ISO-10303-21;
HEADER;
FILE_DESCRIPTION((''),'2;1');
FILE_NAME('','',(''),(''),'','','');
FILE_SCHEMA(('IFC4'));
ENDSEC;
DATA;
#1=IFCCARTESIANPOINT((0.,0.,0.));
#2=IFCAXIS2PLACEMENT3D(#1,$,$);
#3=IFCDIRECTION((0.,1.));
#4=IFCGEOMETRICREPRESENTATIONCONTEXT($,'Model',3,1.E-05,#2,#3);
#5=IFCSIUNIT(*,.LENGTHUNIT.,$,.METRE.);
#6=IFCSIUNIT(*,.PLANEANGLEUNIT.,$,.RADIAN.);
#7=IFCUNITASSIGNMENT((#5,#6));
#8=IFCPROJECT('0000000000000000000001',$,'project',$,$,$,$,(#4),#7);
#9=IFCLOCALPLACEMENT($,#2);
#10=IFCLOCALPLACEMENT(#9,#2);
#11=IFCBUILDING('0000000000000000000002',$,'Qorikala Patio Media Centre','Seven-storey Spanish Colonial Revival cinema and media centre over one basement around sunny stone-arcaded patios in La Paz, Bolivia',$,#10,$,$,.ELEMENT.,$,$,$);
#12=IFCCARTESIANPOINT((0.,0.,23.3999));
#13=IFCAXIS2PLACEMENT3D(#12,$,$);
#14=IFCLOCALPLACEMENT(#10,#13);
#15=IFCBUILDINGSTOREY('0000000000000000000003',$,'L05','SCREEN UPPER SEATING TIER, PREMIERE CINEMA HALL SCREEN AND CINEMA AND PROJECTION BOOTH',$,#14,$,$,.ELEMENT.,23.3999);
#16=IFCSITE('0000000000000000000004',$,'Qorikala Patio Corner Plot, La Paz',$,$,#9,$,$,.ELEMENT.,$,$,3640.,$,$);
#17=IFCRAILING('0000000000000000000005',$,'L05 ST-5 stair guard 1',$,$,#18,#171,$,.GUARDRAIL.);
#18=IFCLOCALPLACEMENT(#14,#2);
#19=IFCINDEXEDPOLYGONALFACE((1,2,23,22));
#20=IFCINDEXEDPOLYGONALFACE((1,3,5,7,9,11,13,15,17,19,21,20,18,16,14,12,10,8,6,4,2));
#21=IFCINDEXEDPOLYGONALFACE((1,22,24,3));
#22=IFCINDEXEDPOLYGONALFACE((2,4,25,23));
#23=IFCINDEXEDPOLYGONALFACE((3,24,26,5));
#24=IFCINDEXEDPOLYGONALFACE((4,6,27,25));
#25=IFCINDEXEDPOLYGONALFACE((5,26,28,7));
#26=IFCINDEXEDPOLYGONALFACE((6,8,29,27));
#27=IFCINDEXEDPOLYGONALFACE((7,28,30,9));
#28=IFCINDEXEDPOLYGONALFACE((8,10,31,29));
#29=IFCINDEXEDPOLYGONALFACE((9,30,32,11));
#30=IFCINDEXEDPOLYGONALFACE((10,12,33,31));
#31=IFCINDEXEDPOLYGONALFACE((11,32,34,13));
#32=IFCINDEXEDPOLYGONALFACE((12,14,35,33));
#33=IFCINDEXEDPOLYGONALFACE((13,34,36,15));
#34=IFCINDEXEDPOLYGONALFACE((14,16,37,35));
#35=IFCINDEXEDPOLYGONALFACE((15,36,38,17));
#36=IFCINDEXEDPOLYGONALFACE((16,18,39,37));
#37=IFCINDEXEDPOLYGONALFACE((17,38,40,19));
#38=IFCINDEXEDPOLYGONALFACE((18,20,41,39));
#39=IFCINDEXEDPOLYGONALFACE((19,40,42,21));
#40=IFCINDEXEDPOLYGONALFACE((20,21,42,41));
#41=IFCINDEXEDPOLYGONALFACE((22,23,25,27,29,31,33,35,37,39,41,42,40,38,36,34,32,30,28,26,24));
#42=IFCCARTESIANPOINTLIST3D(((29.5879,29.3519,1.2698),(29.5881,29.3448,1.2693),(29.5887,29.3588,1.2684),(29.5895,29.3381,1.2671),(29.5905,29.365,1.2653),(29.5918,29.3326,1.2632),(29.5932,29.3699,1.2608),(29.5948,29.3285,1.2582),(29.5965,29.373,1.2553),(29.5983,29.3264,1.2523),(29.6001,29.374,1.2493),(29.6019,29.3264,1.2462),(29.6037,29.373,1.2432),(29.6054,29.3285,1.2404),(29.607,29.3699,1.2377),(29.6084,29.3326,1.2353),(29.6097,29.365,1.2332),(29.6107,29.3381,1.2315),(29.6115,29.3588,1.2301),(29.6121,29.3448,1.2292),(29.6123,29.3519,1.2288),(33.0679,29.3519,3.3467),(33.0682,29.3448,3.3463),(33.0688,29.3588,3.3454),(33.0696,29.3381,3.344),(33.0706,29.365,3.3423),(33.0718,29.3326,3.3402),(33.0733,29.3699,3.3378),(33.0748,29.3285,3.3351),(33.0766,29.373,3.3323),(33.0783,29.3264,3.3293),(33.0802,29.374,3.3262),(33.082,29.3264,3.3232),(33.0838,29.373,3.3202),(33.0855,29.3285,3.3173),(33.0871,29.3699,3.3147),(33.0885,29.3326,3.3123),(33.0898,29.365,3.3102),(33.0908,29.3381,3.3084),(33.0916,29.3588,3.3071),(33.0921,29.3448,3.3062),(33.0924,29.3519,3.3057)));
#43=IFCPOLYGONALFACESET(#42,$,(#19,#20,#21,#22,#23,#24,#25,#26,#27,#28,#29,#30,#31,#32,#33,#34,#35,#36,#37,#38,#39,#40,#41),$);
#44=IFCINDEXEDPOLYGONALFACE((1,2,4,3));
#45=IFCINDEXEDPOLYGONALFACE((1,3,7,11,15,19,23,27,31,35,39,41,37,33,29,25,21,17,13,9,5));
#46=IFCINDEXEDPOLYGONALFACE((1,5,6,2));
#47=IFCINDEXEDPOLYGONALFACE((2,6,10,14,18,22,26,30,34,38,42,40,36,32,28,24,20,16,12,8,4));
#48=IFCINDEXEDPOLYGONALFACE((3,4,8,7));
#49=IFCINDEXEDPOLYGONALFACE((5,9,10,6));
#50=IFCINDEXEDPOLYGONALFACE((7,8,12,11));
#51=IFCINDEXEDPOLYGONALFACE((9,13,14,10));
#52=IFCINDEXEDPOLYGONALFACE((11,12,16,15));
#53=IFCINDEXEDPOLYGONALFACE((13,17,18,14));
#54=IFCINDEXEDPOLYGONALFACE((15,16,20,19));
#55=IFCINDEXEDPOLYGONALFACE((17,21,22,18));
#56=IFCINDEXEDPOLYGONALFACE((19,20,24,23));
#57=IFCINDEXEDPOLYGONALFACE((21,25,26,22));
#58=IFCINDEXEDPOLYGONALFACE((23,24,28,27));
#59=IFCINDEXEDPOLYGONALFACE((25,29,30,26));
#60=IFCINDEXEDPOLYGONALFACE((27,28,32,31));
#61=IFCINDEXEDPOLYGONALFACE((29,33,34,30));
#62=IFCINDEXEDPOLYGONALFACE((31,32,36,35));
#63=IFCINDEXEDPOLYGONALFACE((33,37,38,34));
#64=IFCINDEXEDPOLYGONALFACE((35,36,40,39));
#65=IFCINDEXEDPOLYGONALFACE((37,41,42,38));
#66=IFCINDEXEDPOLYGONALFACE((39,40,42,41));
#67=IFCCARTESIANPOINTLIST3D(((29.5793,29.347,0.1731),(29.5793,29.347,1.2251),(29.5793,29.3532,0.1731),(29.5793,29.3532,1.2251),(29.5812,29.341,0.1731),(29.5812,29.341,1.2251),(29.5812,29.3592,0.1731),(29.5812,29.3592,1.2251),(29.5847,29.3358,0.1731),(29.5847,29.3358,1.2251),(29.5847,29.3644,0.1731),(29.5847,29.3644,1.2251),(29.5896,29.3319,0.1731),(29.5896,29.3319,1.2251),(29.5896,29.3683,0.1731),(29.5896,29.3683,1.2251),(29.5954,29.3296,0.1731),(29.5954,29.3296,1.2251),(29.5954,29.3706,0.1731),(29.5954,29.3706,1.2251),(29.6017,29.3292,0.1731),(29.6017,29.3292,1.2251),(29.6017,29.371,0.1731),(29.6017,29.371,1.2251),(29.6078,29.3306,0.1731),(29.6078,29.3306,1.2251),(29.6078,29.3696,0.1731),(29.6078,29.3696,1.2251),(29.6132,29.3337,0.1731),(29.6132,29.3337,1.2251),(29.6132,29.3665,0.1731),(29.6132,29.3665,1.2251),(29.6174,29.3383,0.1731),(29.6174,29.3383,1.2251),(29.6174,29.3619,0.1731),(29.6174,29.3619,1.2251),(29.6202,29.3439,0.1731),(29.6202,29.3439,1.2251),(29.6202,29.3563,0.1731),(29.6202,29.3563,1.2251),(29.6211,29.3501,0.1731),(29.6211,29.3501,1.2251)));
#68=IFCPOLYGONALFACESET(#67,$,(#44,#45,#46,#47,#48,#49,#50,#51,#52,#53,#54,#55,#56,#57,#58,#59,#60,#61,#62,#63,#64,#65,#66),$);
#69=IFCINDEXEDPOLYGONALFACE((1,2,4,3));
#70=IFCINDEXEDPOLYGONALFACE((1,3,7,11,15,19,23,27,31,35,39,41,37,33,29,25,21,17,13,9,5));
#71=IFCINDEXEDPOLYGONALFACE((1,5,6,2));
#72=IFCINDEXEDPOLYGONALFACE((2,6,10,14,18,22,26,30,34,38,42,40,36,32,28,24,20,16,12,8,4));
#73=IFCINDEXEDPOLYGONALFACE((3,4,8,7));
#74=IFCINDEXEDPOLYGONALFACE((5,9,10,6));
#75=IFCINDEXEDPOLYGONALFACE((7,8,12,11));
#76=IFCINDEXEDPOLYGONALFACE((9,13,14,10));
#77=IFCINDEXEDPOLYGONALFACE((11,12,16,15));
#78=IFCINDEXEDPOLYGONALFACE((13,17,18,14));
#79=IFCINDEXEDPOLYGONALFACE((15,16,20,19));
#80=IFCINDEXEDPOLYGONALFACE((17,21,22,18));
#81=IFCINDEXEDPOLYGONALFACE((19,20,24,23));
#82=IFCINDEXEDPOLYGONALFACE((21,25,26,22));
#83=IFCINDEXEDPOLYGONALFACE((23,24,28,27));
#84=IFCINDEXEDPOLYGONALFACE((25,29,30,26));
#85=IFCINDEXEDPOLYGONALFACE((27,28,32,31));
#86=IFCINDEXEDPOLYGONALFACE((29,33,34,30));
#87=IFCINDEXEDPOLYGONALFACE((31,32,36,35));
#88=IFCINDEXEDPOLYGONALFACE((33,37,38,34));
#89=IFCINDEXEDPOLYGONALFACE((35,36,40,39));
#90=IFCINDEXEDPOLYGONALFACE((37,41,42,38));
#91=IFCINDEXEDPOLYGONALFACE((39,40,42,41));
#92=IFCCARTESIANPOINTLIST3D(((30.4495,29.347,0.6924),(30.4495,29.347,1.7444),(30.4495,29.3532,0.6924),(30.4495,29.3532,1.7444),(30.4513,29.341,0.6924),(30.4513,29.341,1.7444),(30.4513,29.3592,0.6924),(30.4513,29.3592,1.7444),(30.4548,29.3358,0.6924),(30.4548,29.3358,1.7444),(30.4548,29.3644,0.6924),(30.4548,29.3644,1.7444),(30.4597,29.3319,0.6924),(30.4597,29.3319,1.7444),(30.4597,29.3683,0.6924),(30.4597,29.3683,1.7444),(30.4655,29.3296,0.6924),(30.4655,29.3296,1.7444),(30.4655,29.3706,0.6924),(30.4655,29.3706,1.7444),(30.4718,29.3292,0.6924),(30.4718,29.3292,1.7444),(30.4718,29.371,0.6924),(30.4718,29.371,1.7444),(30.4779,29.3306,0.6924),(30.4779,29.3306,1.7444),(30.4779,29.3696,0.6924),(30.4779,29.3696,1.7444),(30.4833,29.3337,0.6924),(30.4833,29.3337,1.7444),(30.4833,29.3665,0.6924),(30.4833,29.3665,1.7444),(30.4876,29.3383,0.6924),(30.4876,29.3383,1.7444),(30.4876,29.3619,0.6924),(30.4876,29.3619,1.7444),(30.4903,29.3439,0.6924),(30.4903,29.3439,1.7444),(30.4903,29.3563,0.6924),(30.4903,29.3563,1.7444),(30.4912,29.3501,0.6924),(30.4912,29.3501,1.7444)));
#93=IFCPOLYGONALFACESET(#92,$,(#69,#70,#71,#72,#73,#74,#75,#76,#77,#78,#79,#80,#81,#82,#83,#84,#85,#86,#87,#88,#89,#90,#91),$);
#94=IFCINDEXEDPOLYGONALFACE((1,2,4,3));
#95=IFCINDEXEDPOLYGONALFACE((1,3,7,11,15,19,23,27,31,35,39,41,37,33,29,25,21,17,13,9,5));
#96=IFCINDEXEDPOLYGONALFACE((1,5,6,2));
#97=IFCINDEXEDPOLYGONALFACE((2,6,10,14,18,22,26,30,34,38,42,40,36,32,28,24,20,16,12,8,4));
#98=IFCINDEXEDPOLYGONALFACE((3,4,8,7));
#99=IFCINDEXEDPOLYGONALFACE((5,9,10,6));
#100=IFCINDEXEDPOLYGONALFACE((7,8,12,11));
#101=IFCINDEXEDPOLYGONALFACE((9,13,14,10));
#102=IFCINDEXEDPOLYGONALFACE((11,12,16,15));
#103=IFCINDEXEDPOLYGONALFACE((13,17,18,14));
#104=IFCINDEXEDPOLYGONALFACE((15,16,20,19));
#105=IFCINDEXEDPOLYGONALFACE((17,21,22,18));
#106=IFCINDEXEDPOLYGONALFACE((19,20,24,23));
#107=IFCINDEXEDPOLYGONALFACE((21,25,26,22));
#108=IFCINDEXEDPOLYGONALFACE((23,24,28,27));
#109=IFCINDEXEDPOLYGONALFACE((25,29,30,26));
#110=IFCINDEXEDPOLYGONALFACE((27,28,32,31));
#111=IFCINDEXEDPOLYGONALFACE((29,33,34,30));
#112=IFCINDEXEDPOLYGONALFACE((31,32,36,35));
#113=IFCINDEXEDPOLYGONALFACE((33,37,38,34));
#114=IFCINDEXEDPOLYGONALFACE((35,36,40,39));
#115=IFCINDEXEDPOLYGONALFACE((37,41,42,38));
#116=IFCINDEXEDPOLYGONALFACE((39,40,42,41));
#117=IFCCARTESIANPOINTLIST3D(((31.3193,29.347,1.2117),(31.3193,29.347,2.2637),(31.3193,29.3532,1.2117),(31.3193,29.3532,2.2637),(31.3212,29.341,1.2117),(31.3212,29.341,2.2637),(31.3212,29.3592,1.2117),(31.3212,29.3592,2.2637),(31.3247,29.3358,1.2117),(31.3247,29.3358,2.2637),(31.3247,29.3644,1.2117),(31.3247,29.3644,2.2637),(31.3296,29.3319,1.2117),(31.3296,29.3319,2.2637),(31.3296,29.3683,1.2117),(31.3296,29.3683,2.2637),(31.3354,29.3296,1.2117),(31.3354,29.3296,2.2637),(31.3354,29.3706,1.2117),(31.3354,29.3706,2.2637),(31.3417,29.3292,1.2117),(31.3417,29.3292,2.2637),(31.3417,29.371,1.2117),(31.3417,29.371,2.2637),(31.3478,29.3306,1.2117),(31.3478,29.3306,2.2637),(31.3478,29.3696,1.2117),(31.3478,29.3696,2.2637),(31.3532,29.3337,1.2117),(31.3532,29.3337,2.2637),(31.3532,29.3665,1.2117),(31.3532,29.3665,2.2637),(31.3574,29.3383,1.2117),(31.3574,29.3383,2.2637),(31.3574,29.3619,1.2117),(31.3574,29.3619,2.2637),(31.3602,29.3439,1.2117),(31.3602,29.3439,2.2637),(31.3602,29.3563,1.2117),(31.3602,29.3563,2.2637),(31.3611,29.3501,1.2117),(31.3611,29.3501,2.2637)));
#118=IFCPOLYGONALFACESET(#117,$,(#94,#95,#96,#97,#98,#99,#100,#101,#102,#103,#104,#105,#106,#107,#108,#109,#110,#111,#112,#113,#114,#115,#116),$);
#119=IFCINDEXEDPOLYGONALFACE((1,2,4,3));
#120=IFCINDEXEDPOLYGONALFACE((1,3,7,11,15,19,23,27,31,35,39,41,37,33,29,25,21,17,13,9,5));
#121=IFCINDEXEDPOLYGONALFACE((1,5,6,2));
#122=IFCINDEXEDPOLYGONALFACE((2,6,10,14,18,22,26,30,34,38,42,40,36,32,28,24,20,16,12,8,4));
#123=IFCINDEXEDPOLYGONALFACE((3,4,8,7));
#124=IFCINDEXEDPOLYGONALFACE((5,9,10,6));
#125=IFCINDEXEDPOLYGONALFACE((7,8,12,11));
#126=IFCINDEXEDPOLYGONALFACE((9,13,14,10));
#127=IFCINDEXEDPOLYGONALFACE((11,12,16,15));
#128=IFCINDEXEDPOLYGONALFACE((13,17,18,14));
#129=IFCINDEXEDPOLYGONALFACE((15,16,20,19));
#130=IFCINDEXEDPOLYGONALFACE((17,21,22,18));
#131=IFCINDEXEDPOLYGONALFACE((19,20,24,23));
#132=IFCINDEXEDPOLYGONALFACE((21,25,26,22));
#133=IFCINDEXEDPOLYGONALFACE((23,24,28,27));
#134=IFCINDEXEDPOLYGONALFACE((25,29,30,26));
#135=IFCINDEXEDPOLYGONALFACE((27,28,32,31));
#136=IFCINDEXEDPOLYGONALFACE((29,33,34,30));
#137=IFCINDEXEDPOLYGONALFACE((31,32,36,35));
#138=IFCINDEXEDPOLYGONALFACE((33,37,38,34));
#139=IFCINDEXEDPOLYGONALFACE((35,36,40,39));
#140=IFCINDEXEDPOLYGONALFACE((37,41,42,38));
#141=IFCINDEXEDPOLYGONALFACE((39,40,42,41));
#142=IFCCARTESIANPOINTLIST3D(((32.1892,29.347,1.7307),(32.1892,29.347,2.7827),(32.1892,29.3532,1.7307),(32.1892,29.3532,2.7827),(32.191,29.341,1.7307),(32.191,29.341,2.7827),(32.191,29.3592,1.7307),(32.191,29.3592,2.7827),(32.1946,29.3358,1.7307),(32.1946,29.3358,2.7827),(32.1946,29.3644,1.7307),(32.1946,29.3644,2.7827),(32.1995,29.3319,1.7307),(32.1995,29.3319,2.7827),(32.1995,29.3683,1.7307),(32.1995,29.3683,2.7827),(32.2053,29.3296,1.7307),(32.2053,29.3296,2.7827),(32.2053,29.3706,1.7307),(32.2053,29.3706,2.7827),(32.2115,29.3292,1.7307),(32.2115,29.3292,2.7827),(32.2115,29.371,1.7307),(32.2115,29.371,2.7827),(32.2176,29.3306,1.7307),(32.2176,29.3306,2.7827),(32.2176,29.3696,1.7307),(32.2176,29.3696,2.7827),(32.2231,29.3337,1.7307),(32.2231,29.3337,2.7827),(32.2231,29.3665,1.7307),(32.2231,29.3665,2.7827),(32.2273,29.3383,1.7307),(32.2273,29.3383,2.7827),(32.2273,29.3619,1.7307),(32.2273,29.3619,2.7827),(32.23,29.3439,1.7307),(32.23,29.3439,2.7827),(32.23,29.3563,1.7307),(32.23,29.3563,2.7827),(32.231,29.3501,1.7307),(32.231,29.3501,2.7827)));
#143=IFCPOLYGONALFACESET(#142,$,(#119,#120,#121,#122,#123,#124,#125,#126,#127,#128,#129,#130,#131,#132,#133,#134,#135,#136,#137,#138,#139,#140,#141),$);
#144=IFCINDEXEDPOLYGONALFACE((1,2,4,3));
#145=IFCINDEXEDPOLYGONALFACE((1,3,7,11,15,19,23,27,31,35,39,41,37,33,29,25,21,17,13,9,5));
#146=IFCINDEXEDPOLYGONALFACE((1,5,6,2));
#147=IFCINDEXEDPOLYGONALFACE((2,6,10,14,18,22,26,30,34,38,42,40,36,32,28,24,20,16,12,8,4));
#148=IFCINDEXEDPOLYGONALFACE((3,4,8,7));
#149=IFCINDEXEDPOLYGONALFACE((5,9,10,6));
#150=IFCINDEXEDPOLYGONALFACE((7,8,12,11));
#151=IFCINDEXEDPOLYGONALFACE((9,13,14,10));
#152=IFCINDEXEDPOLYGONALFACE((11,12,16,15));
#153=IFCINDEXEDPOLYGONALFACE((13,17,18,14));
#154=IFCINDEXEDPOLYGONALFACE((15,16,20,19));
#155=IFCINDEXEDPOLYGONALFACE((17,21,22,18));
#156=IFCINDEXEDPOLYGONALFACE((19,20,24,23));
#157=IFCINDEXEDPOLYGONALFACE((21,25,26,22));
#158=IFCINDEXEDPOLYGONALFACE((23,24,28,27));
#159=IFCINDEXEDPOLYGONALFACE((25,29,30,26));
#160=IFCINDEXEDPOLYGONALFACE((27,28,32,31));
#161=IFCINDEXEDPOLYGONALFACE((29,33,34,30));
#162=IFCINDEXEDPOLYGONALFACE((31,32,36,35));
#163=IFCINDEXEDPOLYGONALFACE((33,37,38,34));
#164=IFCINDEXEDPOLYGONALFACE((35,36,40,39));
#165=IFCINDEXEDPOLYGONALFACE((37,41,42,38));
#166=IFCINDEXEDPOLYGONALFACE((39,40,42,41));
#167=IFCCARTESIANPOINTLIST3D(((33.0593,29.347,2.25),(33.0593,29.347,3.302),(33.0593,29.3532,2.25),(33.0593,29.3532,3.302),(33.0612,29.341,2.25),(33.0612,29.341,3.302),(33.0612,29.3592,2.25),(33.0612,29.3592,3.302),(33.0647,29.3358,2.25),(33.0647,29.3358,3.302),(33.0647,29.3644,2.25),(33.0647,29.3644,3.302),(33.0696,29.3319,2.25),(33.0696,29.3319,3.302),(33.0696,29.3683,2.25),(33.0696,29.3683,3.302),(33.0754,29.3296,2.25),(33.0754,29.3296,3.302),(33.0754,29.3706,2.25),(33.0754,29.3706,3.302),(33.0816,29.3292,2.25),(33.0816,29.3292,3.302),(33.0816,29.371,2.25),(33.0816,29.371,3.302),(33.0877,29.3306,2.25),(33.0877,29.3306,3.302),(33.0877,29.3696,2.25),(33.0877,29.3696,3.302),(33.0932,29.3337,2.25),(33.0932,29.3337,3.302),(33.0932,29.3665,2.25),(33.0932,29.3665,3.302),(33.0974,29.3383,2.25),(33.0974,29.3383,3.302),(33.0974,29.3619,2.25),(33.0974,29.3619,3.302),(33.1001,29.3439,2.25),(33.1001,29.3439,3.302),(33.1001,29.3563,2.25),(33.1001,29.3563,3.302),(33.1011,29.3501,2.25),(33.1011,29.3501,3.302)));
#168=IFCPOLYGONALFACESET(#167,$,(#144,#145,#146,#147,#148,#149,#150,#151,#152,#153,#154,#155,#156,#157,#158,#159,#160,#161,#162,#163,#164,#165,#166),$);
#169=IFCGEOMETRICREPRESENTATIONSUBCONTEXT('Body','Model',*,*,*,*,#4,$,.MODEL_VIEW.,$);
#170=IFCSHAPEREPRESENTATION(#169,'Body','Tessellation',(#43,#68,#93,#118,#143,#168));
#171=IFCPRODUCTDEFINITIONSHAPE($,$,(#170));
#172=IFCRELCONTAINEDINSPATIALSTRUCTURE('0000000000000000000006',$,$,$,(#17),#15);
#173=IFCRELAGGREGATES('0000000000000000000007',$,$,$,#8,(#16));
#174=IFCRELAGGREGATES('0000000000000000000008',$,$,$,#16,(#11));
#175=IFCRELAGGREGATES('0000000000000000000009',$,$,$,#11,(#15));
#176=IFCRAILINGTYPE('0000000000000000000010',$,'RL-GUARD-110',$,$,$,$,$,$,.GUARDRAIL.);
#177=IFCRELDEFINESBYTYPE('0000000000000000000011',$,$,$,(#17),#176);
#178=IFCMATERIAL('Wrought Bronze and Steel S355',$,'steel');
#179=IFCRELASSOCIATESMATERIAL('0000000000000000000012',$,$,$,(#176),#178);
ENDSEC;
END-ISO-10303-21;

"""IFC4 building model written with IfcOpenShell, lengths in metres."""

from ifc_helpers import new_model, si_unit, direction, frame, origin, origin_2d, place, context, subcontext, project, spatial, circle, extrude, material, type_object, element, save


model = new_model("IFC4")

# Units and contexts
model_context = context("Model", 3, precision=1e-05, world=origin(), true_north=direction((0.0, 1.0)))
body_context = subcontext(model_context, "Body", "Model", "MODEL_VIEW")
ifc_project = project(units=[si_unit("LENGTHUNIT", "METRE"), si_unit("PLANEANGLEUNIT", "RADIAN")], contexts=[model_context])

# Site, building, storey
site_placement = place(None, origin())
site = spatial("IfcSite", under=ifc_project, at=site_placement, Name="Qorikala Patio Corner Plot, La Paz", CompositionType="ELEMENT", RefElevation=3640.0)
building_placement = place(site_placement, origin())
building = spatial("IfcBuilding", under=site, at=building_placement, Name="Qorikala Patio Media Centre", Description="Seven-storey Spanish Colonial Revival cinema and media centre over one basement around sunny stone-arcaded patios in La Paz, Bolivia", CompositionType="ELEMENT")
storey_placement = place(building_placement, frame((0.0, 0.0, 23.3999)))
storey = spatial("IfcBuildingStorey", under=building, at=storey_placement, Name="L05", Description="SCREEN UPPER SEATING TIER, PREMIERE CINEMA HALL SCREEN AND CINEMA AND PROJECTION BOOTH", CompositionType="ELEMENT", Elevation=23.3999)

# Railing
ifc_material_1 = material(Name="Wrought Bronze and Steel S355", Category="steel")
railing_type_1 = type_object("IfcRailingType", Name="RL-GUARD-110", PredefinedType="GUARDRAIL", material=ifc_material_1)
railing_1_placement = place(storey_placement, frame((29.6001, 29.3501, 0.1731)))
element("IfcRailing", 1, at=railing_1_placement, inside=storey, type_object=railing_type_1, Name="L05 ST-5 stair guard 1", PredefinedType="GUARDRAIL", context=body_context, shape_type="SweptSolid", body=[
    extrude(circle(Radius=0.0239, at=origin_2d()), frame((0.0, 0.0, 1.0762), z_axis=(0.858697, 0.0, 0.512483), x_axis=(0.0, 1.0, 0.0)), (0.0, 0.0, 1.0), 4.0527),
    extrude(circle(Radius=0.021, at=origin_2d()), origin(), (0.0, 0.0, 1.0), 1.052),
    extrude(circle(Radius=0.021, at=origin_2d()), frame((0.8701, 0.0, 0.5193)), (0.0, 0.0, 1.0), 1.052),
    extrude(circle(Radius=0.021, at=origin_2d()), frame((1.74, 0.0, 1.0386)), (0.0, 0.0, 1.0), 1.052),
    extrude(circle(Radius=0.021, at=origin_2d()), frame((2.6099, 0.0, 1.5576)), (0.0, 0.0, 1.0), 1.052),
    extrude(circle(Radius=0.021, at=origin_2d()), frame((3.48, 0.0, 2.0769)), (0.0, 0.0, 1.0), 1.052),
])

save(model, "model.ifc")
